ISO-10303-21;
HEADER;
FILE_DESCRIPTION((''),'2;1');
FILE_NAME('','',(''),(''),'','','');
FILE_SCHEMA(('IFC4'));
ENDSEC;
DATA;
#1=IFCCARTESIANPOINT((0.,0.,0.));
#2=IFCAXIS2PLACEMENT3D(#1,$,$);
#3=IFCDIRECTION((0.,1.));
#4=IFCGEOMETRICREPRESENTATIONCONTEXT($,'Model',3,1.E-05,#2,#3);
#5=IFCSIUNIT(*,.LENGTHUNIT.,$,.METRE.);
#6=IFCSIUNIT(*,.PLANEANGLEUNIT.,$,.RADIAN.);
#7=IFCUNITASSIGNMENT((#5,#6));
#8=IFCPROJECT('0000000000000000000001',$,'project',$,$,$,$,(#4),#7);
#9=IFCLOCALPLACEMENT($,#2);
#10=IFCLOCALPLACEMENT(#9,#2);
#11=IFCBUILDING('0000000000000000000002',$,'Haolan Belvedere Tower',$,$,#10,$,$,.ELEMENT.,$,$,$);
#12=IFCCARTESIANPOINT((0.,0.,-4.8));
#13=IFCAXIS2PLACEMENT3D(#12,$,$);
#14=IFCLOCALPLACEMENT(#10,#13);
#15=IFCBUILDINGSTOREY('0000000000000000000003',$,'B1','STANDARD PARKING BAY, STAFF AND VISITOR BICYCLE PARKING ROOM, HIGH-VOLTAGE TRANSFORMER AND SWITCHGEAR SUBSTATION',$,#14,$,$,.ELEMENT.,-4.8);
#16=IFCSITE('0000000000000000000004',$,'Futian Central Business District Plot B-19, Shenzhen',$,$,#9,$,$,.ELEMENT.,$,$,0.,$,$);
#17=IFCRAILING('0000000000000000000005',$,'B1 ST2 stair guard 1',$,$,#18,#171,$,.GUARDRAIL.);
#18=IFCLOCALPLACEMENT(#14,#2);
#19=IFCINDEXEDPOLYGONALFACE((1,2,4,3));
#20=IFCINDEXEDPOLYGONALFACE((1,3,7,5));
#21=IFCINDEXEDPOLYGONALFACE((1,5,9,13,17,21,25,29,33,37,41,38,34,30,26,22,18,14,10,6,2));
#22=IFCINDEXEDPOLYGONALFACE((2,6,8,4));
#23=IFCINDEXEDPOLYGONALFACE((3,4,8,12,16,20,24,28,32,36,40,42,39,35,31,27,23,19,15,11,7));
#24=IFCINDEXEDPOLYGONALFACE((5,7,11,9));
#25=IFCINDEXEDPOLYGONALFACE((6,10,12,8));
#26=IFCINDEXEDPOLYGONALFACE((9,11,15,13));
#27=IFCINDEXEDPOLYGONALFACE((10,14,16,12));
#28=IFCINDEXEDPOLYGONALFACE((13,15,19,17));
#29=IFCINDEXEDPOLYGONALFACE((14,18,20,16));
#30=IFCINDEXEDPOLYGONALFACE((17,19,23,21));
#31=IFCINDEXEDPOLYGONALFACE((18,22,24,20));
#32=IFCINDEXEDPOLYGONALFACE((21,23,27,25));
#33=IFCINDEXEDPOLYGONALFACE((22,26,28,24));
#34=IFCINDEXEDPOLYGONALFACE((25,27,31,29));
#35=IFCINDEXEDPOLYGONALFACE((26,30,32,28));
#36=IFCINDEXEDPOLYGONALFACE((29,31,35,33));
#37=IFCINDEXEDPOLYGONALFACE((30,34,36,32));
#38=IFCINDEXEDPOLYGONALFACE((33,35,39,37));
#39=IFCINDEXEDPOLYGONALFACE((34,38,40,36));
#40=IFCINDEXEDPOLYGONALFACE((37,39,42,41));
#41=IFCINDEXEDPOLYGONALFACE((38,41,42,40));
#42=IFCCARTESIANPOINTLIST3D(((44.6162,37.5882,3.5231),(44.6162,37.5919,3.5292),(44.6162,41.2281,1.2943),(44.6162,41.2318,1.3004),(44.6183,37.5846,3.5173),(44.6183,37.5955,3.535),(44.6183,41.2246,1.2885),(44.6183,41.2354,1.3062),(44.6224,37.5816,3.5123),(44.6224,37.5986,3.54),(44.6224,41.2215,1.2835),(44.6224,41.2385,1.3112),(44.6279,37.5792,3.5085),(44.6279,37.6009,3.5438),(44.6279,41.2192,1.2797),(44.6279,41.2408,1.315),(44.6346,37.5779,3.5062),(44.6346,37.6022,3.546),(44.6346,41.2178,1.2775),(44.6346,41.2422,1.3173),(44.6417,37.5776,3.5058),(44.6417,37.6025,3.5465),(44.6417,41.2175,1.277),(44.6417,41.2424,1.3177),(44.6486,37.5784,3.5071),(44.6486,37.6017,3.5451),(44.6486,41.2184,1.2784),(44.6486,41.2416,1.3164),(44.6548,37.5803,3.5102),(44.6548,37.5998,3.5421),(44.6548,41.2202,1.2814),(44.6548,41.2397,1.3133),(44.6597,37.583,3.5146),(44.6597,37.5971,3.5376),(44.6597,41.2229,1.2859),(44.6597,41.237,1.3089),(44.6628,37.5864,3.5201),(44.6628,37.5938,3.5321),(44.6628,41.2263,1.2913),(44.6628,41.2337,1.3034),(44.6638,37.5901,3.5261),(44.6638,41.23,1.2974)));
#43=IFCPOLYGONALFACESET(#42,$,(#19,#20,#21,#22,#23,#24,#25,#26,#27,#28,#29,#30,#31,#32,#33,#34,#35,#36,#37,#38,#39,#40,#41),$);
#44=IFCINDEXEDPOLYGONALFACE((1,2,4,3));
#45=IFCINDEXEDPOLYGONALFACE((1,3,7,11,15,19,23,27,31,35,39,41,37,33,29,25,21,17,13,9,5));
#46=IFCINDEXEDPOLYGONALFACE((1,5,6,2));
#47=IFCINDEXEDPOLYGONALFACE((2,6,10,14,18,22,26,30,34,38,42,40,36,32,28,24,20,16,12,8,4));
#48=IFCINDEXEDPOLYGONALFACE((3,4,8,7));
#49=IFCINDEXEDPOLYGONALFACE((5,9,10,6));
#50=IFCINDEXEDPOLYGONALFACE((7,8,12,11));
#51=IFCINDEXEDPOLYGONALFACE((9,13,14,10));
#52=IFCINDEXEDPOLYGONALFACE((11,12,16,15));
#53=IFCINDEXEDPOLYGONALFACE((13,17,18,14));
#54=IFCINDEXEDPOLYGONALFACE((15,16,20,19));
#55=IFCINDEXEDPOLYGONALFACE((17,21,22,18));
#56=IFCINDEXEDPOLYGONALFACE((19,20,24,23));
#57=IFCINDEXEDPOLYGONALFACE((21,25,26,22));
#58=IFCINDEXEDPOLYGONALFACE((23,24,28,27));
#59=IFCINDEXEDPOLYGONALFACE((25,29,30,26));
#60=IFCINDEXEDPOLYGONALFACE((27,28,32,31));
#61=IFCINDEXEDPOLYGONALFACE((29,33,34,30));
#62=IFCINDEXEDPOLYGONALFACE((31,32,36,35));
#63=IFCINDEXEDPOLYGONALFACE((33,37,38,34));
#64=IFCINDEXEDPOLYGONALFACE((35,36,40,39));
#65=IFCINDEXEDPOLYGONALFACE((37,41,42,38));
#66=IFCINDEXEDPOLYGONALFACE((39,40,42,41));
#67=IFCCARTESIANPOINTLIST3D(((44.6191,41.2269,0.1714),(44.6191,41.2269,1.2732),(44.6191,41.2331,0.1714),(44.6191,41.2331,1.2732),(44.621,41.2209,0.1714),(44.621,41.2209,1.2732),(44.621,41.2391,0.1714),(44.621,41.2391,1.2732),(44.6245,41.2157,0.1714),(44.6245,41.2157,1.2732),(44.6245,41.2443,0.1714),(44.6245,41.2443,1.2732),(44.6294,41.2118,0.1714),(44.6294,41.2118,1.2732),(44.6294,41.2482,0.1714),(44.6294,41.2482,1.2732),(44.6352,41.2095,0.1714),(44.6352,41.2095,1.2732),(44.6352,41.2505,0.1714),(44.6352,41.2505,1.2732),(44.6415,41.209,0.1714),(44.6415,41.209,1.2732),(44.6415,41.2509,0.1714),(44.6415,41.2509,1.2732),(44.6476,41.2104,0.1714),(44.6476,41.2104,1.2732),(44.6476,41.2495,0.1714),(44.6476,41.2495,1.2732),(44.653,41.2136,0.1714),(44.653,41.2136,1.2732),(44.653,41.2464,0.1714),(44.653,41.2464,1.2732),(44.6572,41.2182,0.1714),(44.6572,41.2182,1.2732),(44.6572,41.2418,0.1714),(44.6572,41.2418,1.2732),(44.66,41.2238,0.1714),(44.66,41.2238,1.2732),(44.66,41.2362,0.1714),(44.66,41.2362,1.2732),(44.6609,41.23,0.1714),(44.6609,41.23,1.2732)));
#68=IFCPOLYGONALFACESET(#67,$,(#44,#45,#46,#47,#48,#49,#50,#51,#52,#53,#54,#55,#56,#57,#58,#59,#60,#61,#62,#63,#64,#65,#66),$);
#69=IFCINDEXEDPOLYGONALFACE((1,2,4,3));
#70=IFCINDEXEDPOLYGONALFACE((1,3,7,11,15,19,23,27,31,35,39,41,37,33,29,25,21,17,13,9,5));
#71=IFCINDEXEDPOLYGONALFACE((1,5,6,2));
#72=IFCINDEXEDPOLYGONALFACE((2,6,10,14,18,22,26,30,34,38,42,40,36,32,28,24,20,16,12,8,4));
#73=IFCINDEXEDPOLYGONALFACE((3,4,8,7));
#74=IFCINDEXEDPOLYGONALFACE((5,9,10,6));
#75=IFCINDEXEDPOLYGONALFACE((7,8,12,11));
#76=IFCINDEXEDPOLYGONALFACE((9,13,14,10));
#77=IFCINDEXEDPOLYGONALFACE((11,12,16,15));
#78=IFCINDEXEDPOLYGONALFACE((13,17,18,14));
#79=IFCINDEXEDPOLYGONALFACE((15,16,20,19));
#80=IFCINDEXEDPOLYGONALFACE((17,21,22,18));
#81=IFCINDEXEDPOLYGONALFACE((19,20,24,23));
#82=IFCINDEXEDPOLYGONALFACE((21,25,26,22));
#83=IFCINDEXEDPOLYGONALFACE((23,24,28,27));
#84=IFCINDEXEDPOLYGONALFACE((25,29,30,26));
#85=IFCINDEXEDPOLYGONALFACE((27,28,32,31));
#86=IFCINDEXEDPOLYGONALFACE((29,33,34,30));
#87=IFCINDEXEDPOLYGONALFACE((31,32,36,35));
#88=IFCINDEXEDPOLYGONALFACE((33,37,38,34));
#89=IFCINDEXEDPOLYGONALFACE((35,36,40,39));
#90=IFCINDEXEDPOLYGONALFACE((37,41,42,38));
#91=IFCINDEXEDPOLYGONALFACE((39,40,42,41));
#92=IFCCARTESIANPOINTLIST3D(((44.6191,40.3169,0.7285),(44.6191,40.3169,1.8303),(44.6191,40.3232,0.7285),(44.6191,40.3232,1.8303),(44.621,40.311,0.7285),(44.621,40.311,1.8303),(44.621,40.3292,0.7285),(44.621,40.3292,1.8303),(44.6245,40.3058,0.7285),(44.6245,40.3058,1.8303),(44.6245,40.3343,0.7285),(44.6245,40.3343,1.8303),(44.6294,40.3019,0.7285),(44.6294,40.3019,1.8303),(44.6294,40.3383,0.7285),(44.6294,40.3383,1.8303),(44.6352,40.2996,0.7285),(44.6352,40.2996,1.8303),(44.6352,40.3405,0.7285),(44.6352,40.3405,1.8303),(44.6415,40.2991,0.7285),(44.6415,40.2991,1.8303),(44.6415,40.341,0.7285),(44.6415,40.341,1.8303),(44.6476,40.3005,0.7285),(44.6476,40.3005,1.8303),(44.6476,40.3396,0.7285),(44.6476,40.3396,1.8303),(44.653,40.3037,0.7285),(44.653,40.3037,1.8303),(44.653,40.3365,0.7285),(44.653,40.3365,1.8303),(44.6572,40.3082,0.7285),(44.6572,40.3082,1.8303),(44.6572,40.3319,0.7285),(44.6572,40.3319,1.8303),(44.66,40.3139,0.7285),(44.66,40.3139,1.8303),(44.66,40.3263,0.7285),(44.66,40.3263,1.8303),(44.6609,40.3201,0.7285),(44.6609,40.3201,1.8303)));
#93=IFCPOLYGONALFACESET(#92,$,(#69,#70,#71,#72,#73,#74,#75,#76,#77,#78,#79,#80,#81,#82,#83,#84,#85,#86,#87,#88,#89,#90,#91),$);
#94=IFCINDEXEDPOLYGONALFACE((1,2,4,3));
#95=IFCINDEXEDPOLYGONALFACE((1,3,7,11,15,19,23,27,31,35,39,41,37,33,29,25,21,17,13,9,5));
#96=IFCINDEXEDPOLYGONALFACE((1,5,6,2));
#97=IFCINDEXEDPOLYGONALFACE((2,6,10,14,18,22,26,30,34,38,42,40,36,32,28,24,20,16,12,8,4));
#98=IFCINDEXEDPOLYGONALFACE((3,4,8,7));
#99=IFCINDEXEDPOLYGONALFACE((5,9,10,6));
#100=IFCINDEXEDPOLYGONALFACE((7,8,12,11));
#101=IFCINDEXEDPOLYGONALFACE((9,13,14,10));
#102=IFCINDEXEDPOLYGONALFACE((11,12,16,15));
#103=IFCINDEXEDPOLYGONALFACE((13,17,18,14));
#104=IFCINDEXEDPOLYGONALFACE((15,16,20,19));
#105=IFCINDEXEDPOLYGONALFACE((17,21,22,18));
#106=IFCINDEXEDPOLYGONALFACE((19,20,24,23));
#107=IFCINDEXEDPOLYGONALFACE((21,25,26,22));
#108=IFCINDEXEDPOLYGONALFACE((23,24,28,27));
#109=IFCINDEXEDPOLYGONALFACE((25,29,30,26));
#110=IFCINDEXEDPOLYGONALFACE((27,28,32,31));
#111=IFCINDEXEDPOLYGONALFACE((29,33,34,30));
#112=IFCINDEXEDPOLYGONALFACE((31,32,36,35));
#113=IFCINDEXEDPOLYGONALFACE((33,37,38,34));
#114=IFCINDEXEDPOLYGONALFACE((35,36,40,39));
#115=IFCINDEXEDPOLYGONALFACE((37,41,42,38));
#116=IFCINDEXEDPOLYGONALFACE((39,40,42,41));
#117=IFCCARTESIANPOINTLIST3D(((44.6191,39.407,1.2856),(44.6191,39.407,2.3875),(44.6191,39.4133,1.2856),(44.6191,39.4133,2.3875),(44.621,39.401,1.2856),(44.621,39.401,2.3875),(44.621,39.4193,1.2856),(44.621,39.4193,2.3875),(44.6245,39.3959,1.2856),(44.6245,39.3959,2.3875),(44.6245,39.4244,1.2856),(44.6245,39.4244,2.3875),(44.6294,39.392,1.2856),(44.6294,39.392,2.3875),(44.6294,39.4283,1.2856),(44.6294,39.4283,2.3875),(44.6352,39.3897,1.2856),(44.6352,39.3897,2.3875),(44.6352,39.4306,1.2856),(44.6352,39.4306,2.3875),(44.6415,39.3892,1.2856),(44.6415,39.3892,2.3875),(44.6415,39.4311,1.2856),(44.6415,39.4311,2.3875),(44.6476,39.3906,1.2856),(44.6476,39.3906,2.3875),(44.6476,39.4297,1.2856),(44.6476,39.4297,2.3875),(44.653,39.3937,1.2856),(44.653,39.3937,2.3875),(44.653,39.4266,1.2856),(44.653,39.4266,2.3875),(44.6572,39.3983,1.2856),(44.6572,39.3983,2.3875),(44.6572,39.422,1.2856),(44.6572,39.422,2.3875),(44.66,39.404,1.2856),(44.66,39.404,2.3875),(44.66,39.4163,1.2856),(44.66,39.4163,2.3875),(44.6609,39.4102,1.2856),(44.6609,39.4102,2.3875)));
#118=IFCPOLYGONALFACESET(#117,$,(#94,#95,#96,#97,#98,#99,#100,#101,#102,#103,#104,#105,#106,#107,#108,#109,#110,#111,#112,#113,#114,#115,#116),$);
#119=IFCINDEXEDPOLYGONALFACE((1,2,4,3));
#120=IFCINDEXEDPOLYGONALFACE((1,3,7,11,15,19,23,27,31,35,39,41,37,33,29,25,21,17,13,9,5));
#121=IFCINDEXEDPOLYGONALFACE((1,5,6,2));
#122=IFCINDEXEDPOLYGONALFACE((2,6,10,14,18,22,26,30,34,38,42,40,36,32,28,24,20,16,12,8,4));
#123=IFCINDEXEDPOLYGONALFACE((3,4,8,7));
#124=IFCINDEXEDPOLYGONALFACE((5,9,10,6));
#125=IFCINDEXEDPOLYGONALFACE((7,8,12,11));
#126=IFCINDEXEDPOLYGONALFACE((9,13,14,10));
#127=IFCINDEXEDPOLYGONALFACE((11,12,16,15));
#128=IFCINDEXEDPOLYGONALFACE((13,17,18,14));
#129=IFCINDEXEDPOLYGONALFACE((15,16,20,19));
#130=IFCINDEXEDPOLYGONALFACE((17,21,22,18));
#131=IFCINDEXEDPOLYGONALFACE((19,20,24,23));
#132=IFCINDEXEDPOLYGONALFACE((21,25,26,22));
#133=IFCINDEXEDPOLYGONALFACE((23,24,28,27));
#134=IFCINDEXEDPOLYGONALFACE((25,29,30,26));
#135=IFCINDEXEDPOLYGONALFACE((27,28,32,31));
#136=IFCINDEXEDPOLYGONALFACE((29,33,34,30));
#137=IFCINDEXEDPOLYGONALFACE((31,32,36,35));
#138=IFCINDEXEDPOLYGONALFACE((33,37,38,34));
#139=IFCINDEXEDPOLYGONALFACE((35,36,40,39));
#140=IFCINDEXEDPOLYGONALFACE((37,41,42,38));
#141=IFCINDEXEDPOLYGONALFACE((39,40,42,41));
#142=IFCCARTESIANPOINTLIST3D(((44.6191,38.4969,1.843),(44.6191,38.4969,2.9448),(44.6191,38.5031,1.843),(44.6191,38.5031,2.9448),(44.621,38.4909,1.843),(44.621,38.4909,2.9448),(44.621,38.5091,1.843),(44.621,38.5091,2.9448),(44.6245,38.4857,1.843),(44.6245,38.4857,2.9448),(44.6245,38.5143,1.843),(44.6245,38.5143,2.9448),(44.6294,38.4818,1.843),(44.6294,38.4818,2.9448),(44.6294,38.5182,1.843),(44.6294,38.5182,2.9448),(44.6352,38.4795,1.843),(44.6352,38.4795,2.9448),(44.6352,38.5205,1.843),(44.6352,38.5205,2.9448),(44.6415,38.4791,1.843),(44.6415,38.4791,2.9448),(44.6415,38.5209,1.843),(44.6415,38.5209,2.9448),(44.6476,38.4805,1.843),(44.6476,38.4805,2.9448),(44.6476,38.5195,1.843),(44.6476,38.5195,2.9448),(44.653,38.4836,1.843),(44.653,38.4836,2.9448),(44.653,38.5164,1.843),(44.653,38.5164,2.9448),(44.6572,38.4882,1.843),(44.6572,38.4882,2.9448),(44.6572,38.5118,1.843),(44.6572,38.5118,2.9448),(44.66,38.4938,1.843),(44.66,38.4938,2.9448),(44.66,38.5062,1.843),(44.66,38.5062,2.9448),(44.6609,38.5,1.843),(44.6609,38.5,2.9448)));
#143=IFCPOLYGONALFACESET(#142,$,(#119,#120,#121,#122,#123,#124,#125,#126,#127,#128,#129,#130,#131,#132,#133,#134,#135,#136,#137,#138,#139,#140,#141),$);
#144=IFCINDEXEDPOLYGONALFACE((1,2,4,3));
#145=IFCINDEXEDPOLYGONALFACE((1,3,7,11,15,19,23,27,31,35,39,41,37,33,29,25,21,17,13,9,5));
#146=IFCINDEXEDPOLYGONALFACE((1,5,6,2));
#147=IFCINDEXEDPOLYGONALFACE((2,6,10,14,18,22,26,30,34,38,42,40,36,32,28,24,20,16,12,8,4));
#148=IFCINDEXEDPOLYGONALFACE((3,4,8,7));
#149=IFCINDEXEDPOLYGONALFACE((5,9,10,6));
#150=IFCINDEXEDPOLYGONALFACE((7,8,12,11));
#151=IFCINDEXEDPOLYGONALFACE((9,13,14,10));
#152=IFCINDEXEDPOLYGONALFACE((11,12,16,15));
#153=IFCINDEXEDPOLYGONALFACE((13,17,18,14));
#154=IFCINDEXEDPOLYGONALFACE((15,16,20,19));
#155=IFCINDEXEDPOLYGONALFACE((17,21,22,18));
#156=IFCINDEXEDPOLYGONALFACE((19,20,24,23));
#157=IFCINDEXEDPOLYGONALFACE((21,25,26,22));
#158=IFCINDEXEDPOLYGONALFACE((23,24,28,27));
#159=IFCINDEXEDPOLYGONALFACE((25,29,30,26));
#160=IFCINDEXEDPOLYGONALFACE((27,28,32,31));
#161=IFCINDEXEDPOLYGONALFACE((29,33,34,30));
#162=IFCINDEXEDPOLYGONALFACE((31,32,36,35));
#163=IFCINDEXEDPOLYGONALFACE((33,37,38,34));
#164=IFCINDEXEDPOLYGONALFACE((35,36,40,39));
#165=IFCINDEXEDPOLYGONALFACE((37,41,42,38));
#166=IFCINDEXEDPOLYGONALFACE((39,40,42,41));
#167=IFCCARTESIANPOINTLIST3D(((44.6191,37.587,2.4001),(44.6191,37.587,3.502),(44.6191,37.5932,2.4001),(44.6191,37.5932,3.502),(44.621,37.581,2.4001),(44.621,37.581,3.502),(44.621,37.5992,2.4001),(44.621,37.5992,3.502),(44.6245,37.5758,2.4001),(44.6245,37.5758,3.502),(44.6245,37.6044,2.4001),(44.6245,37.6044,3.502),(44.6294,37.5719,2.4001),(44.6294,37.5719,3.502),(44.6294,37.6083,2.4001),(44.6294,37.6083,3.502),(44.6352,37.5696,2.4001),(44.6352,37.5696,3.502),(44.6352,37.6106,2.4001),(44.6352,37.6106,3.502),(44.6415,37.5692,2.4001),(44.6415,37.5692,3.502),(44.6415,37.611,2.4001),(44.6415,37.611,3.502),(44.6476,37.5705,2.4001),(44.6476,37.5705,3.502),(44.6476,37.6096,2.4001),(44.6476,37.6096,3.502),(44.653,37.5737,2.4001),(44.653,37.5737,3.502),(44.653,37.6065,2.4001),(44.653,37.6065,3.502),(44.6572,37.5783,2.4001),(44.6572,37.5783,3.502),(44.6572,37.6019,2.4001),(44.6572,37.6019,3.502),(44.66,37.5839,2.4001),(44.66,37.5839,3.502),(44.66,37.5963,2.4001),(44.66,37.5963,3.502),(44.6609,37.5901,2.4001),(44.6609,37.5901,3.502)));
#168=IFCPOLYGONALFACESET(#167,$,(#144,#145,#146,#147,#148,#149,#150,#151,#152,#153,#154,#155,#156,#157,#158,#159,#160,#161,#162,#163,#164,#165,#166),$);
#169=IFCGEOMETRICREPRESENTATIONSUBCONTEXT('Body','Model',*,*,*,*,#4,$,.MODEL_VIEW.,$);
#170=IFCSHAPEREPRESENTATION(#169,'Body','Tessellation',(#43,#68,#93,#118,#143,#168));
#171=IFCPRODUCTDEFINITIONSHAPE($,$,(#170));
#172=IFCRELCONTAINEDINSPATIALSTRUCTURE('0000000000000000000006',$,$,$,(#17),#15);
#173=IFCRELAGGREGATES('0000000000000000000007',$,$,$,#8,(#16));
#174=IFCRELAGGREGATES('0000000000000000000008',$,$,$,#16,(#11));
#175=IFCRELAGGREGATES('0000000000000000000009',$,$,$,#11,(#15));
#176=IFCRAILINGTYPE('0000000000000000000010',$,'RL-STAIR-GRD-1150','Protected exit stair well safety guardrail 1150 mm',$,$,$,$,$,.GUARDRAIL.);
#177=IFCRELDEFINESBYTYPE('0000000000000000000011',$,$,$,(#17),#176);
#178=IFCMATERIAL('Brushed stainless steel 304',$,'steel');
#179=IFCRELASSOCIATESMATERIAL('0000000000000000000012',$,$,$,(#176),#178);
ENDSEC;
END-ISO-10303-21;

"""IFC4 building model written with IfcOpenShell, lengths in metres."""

from ifc_helpers import new_model, si_unit, direction, frame, origin, origin_2d, place, context, subcontext, project, spatial, circle, extrude, material, type_object, element, save


model = new_model("IFC4")

# Units and contexts
model_context = context("Model", 3, precision=1e-05, world=origin(), true_north=direction((0.0, 1.0)))
body_context = subcontext(model_context, "Body", "Model", "MODEL_VIEW")
ifc_project = project(units=[si_unit("LENGTHUNIT", "METRE"), si_unit("PLANEANGLEUNIT", "RADIAN")], contexts=[model_context])

# Site, building, storey
site_placement = place(None, origin())
site = spatial("IfcSite", under=ifc_project, at=site_placement, Name="Futian Central Business District Plot B-19, Shenzhen", CompositionType="ELEMENT", RefElevation=0.0)
building_placement = place(site_placement, origin())
building = spatial("IfcBuilding", under=site, at=building_placement, Name="Haolan Belvedere Tower", CompositionType="ELEMENT")
storey_placement = place(building_placement, frame((0.0, 0.0, -4.8)))
storey = spatial("IfcBuildingStorey", under=building, at=storey_placement, Name="B1", Description="STANDARD PARKING BAY, STAFF AND VISITOR BICYCLE PARKING ROOM, HIGH-VOLTAGE TRANSFORMER AND SWITCHGEAR SUBSTATION", CompositionType="ELEMENT", Elevation=-4.8)

# Railing
ifc_material_1 = material(Name="Brushed stainless steel 304", Category="steel")
railing_type_1 = type_object("IfcRailingType", Name="RL-STAIR-GRD-1150", Description="Protected exit stair well safety guardrail 1150 mm", PredefinedType="GUARDRAIL", material=ifc_material_1)
railing_1_placement = place(storey_placement, frame((44.6399, 41.23, 0.1714)))
element("IfcRailing", 1, at=railing_1_placement, inside=storey, type_object=railing_type_1, Name="B1 ST2 stair guard 1", PredefinedType="GUARDRAIL", context=body_context, shape_type="SweptSolid", body=[
    extrude(circle(Radius=0.0239, at=origin_2d()), frame((0.0, 0.0, 1.126), z_axis=(0.0, -0.852825, 0.522197), x_axis=(1.0, 0.0, 0.0)), (0.0, 0.0, 1.0), 4.2681),
    extrude(circle(Radius=0.021, at=origin_2d()), origin(), (0.0, 0.0, 1.0), 1.1018),
    extrude(circle(Radius=0.021, at=origin_2d()), frame((0.0, -0.9099, 0.5571)), (0.0, 0.0, 1.0), 1.1018),
    extrude(circle(Radius=0.021, at=origin_2d()), frame((0.0, -1.8198, 1.1143)), (0.0, 0.0, 1.0), 1.1018),
    extrude(circle(Radius=0.021, at=origin_2d()), frame((0.0, -2.73, 1.6716)), (0.0, 0.0, 1.0), 1.1018),
    extrude(circle(Radius=0.021, at=origin_2d()), frame((0.0, -3.6399, 2.2288)), (0.0, 0.0, 1.0), 1.1018),
])

save(model, "model.ifc")
